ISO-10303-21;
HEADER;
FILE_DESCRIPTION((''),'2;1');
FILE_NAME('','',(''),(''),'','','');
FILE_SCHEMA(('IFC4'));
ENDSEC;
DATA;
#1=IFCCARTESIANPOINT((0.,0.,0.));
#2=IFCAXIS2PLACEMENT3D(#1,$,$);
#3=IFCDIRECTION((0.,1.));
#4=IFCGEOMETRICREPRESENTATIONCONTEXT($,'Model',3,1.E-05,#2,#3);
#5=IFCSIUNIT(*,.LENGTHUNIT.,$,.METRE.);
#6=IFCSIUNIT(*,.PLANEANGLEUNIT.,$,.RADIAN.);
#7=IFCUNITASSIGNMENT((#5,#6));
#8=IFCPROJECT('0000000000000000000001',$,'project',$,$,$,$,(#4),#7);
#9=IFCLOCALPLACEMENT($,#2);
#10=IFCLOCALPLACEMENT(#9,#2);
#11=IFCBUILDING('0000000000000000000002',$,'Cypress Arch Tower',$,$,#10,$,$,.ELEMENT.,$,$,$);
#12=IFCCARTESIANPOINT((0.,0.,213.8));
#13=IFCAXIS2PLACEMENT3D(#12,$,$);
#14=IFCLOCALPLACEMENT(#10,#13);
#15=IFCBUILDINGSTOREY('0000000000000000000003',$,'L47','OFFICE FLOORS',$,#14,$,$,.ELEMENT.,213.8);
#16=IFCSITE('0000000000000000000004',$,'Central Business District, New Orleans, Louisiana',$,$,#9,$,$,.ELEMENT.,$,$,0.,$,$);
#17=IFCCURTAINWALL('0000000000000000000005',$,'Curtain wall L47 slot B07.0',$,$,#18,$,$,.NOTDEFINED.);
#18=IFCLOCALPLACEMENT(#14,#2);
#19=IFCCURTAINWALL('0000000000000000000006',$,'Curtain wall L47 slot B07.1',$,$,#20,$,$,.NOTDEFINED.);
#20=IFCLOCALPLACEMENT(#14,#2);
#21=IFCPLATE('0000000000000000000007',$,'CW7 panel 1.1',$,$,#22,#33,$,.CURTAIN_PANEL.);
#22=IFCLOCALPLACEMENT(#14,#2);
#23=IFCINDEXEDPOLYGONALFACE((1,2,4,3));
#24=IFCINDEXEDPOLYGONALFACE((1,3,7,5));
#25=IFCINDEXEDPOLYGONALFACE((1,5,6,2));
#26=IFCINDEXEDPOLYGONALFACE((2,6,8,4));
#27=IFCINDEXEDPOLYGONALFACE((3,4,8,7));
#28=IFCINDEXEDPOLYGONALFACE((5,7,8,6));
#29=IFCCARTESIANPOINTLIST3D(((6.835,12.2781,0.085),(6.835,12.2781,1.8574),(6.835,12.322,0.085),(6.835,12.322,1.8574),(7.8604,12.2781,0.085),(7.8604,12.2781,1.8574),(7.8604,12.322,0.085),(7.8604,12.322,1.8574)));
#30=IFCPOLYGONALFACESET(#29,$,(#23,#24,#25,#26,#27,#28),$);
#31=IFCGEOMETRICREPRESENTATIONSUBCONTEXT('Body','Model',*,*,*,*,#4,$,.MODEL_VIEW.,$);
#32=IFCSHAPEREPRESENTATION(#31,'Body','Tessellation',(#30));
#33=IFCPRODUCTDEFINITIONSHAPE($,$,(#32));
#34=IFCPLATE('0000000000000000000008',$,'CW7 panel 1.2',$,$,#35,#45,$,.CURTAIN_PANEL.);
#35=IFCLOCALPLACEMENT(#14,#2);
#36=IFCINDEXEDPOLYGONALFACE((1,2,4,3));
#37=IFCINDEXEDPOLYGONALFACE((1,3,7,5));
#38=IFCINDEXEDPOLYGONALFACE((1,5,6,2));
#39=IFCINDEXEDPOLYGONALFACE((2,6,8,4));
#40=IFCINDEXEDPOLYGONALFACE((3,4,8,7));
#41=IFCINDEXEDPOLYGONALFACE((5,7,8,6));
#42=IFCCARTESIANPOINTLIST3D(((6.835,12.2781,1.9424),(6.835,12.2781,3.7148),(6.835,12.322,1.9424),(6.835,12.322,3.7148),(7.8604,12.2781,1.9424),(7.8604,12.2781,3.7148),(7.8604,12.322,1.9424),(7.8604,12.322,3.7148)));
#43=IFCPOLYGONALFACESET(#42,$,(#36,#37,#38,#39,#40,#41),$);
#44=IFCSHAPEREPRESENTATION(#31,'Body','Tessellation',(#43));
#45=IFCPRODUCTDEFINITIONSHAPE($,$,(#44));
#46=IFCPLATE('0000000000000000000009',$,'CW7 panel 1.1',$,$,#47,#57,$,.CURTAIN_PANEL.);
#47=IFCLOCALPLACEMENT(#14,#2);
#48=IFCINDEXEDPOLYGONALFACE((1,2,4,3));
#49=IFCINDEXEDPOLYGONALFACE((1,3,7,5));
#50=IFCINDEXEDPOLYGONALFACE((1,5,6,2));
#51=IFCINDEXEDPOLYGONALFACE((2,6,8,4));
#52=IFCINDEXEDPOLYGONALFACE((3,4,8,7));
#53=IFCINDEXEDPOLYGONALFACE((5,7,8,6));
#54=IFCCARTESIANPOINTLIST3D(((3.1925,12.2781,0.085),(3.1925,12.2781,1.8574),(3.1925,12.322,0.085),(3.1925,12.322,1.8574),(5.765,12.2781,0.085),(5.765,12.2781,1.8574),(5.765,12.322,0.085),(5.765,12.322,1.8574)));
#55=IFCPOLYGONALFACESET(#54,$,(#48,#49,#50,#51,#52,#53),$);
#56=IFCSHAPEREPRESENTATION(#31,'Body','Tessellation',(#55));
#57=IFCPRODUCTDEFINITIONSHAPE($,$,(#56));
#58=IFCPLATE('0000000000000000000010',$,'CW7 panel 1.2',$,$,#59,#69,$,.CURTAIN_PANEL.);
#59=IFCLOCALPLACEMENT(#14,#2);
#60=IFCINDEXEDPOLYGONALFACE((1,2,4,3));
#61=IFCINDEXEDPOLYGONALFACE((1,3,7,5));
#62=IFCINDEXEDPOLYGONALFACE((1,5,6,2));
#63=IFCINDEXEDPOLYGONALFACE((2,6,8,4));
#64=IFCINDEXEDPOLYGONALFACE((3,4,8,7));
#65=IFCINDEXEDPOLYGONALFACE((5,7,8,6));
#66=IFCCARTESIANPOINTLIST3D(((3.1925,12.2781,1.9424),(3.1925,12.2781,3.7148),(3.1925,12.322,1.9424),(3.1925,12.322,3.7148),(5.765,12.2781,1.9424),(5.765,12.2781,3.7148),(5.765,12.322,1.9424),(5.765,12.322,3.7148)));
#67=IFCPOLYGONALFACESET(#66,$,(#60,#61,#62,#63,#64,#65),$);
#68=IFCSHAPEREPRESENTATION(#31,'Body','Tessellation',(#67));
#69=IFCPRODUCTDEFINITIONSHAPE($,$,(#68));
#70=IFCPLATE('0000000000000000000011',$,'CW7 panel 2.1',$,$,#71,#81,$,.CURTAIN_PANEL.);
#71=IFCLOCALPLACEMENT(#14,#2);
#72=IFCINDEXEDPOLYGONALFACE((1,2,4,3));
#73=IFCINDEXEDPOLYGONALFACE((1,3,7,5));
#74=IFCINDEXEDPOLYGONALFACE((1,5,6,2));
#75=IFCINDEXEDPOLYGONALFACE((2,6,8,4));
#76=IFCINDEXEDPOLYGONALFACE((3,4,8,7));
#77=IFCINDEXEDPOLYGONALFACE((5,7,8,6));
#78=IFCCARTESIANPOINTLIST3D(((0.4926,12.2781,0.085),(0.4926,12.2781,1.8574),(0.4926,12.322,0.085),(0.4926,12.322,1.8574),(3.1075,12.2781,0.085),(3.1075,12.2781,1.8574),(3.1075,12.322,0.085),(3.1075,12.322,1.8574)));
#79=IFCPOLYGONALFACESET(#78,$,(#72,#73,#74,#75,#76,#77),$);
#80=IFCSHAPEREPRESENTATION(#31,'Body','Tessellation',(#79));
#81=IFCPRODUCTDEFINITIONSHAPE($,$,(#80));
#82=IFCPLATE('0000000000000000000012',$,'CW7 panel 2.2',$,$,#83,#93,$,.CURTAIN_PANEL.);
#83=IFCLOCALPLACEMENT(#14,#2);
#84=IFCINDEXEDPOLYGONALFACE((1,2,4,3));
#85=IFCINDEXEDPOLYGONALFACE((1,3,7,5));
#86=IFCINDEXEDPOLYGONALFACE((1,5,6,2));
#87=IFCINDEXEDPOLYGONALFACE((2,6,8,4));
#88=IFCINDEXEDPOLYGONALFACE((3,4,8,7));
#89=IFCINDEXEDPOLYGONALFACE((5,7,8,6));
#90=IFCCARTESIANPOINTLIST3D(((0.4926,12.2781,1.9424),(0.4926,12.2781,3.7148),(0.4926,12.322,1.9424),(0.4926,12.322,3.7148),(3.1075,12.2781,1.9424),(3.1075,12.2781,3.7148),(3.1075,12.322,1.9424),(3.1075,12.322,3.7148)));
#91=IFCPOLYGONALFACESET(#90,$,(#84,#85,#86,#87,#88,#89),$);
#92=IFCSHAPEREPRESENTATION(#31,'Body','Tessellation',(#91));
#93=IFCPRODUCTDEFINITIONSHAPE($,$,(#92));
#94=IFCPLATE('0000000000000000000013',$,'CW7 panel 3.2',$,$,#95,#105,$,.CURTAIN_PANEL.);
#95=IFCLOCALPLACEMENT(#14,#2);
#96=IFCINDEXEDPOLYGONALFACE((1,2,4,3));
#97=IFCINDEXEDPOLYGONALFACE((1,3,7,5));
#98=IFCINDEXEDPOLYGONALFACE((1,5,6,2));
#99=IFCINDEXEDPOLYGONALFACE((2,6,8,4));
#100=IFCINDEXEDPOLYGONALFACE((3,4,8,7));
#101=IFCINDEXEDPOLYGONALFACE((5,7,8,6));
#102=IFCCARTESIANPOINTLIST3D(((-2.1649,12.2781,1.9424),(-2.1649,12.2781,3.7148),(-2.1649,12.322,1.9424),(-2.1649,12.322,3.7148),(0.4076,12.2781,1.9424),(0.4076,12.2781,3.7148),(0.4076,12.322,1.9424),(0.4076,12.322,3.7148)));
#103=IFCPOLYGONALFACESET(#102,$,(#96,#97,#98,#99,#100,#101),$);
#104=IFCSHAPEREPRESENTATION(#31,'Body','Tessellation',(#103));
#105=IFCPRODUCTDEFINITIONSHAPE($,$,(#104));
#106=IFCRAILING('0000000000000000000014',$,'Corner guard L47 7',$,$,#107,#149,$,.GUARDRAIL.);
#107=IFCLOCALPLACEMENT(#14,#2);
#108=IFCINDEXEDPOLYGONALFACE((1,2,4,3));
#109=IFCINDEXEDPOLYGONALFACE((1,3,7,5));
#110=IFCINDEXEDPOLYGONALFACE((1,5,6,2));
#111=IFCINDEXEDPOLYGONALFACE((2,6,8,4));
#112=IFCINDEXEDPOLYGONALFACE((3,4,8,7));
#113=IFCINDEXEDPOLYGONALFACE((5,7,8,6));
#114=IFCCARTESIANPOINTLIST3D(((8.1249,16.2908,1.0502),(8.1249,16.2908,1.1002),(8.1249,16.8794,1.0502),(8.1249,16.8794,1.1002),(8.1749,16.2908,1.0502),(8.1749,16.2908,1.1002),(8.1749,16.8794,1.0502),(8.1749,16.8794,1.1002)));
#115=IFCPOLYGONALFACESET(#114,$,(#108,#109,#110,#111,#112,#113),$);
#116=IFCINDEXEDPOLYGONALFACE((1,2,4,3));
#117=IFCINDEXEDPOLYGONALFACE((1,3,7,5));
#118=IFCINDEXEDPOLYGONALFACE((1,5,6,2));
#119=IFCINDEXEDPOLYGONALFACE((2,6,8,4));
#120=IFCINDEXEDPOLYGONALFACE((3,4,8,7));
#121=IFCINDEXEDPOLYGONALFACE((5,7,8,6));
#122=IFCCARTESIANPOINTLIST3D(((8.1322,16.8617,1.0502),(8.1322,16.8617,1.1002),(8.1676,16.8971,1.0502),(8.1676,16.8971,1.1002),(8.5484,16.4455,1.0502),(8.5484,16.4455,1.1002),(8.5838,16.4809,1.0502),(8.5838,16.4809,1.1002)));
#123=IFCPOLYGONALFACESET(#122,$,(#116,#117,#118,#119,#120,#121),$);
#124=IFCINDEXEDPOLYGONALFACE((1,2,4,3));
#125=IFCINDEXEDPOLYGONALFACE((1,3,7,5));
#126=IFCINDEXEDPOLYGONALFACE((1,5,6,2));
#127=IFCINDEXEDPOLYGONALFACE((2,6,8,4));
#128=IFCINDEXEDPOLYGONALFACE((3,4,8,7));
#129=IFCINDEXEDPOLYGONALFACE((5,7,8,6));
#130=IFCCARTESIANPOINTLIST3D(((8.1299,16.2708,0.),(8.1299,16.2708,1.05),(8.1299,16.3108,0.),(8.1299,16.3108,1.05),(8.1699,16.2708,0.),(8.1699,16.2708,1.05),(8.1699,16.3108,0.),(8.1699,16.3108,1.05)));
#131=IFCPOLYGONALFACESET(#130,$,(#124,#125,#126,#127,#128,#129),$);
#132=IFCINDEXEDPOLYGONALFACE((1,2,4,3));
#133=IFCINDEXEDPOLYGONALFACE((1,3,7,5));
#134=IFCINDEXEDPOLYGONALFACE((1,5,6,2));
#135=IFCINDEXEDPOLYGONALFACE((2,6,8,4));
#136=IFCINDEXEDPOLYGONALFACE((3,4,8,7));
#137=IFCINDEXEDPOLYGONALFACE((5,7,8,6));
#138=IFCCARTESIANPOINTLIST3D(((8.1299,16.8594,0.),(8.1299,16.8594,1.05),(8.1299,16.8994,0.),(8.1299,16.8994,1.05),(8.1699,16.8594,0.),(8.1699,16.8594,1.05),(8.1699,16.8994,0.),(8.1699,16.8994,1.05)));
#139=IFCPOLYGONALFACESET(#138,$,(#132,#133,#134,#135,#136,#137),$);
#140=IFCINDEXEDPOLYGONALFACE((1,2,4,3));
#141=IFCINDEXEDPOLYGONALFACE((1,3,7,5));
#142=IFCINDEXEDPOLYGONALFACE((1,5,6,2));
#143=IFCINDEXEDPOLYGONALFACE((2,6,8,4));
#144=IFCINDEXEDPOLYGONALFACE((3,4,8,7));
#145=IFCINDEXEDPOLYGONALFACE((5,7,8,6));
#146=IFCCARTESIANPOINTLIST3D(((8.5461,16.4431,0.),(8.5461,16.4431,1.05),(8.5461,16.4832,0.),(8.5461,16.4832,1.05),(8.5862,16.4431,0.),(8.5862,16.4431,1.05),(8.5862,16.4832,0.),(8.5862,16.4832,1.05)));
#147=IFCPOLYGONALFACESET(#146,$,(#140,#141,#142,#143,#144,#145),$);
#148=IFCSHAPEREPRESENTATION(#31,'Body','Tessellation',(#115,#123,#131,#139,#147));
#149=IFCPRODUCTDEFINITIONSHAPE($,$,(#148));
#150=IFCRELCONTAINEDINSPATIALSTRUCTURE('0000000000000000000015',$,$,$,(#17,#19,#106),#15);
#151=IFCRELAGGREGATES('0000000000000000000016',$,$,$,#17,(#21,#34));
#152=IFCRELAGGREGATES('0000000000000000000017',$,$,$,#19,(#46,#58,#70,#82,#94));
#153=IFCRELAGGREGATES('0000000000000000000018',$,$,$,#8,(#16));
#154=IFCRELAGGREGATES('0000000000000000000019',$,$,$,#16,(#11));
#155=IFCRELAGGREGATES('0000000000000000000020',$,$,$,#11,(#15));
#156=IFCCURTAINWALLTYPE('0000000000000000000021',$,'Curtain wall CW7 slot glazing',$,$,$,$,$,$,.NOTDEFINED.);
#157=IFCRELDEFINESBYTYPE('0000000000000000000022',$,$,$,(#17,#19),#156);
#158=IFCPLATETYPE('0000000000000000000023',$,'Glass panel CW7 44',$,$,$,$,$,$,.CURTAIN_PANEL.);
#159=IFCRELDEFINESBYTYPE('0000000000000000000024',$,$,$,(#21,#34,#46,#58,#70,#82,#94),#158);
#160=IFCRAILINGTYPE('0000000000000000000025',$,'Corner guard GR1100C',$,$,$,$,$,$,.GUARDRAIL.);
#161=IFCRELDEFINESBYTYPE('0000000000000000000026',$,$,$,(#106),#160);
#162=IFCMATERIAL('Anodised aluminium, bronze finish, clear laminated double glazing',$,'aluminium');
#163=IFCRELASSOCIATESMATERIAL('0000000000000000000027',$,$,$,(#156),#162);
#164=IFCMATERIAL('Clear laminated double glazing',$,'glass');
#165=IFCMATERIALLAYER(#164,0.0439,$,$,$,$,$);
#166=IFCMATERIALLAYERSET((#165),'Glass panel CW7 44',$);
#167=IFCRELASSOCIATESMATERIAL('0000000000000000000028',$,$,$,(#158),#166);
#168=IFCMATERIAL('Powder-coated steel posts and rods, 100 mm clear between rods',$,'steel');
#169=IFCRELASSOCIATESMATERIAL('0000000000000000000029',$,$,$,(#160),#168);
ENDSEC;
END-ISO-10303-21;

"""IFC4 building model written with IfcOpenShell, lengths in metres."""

from ifc_helpers import new_model, si_unit, direction, frame, origin, origin_2d, place, context, subcontext, project, spatial, rectangle, extrude, material, layer, layer_set, type_object, element, aggregate, save


model = new_model("IFC4")

# Units and contexts
model_context = context("Model", 3, precision=1e-05, world=origin(), true_north=direction((0.0, 1.0)))
body_context = subcontext(model_context, "Body", "Model", "MODEL_VIEW")
ifc_project = project(units=[si_unit("LENGTHUNIT", "METRE"), si_unit("PLANEANGLEUNIT", "RADIAN")], contexts=[model_context])

# Site, building, storey
site_placement = place(None, origin())
site = spatial("IfcSite", under=ifc_project, at=site_placement, Name="Central Business District, New Orleans, Louisiana", CompositionType="ELEMENT", RefElevation=0.0)
building_placement = place(site_placement, origin())
building = spatial("IfcBuilding", under=site, at=building_placement, Name="Cypress Arch Tower", CompositionType="ELEMENT")
storey_placement = place(building_placement, frame((0.0, 0.0, 213.8)))
storey = spatial("IfcBuildingStorey", under=building, at=storey_placement, Name="L47", Description="OFFICE FLOORS", CompositionType="ELEMENT", Elevation=213.8)

# Shared definitions
ifc_material_1 = material(Name="Anodised aluminium, bronze finish, clear laminated double glazing", Category="aluminium")
curtain_wall_type = type_object("IfcCurtainWallType", Name="Curtain wall CW7 slot glazing", PredefinedType="NOTDEFINED", material=ifc_material_1)

# Curtain walls
curtain_wall_1_placement = place(storey_placement, origin())
curtain_wall_1 = element("IfcCurtainWall", 1, at=curtain_wall_1_placement, inside=storey, type_object=curtain_wall_type, Name="Curtain wall L47 slot B07.0", PredefinedType="NOTDEFINED")
curtain_wall_2_placement = place(storey_placement, origin())
curtain_wall_2 = element("IfcCurtainWall", 2, at=curtain_wall_2_placement, inside=storey, type_object=curtain_wall_type, Name="Curtain wall L47 slot B07.1", PredefinedType="NOTDEFINED")

# Plates
ifc_material_2 = material(Name="Clear laminated double glazing", Category="glass")
ifc_layer = layer(ifc_material_2, 0.0439)
ifc_layer_set = layer_set([ifc_layer], Name="Glass panel CW7 44")
plate_type = type_object("IfcPlateType", Name="Glass panel CW7 44", PredefinedType="CURTAIN_PANEL", material=ifc_layer_set)
plate_1_placement = place(storey_placement, frame((7.3477, 12.3, 0.085), z_axis=(0.0, 0.0, 1.0), x_axis=(-1.0, 0.0, 0.0)))
plate_1 = element("IfcPlate", 3, at=plate_1_placement, type_object=plate_type, Name="CW7 panel 1.1", PredefinedType="CURTAIN_PANEL", context=body_context, shape_type="SweptSolid", body=[
    extrude(rectangle(XDim=1.0254, YDim=0.0439, at=origin_2d()), origin(), (0.0, 0.0, 1.0), 1.7725),
])
plate_2_placement = place(storey_placement, frame((7.3477, 12.3, 1.9424), z_axis=(0.0, 0.0, 1.0), x_axis=(-1.0, 0.0, 0.0)))
plate_2 = element("IfcPlate", 4, at=plate_2_placement, type_object=plate_type, Name="CW7 panel 1.2", PredefinedType="CURTAIN_PANEL", context=body_context, shape_type="SweptSolid", body=[
    extrude(rectangle(XDim=1.0254, YDim=0.0439, at=origin_2d()), origin(), (0.0, 0.0, 1.0), 1.7725),
])
aggregate(curtain_wall_1, [plate_1, plate_2])
plate_3_placement = place(storey_placement, frame((4.4788, 12.3, 0.085), z_axis=(0.0, 0.0, 1.0), x_axis=(-1.0, 0.0, 0.0)))
plate_3 = element("IfcPlate", 5, at=plate_3_placement, type_object=plate_type, Name="CW7 panel 1.1", PredefinedType="CURTAIN_PANEL", context=body_context, shape_type="SweptSolid", body=[
    extrude(rectangle(XDim=2.5725, YDim=0.0439, at=origin_2d()), origin(), (0.0, 0.0, 1.0), 1.7725),
])
plate_4_placement = place(storey_placement, frame((4.4788, 12.3, 1.9424), z_axis=(0.0, 0.0, 1.0), x_axis=(-1.0, 0.0, 0.0)))
plate_4 = element("IfcPlate", 6, at=plate_4_placement, type_object=plate_type, Name="CW7 panel 1.2", PredefinedType="CURTAIN_PANEL", context=body_context, shape_type="SweptSolid", body=[
    extrude(rectangle(XDim=2.5725, YDim=0.0439, at=origin_2d()), origin(), (0.0, 0.0, 1.0), 1.7725),
])
plate_5_placement = place(storey_placement, frame((1.8, 12.3, 0.085), z_axis=(0.0, 0.0, 1.0), x_axis=(-1.0, 0.0, 0.0)))
plate_5 = element("IfcPlate", 7, at=plate_5_placement, type_object=plate_type, Name="CW7 panel 2.1", PredefinedType="CURTAIN_PANEL", context=body_context, shape_type="SweptSolid", body=[
    extrude(rectangle(XDim=2.615, YDim=0.0439, at=origin_2d()), origin(), (0.0, 0.0, 1.0), 1.7725),
])
plate_6_placement = place(storey_placement, frame((1.8, 12.3, 1.9424), z_axis=(0.0, 0.0, 1.0), x_axis=(-1.0, 0.0, 0.0)))
plate_6 = element("IfcPlate", 8, at=plate_6_placement, type_object=plate_type, Name="CW7 panel 2.2", PredefinedType="CURTAIN_PANEL", context=body_context, shape_type="SweptSolid", body=[
    extrude(rectangle(XDim=2.615, YDim=0.0439, at=origin_2d()), origin(), (0.0, 0.0, 1.0), 1.7725),
])
plate_7_placement = place(storey_placement, frame((-0.8787, 12.3, 1.9424), z_axis=(0.0, 0.0, 1.0), x_axis=(-1.0, 0.0, 0.0)))
plate_7 = element("IfcPlate", 9, at=plate_7_placement, type_object=plate_type, Name="CW7 panel 3.2", PredefinedType="CURTAIN_PANEL", context=body_context, shape_type="SweptSolid", body=[
    extrude(rectangle(XDim=2.5725, YDim=0.0439, at=origin_2d()), origin(), (0.0, 0.0, 1.0), 1.7725),
])
aggregate(curtain_wall_2, [plate_3, plate_4, plate_5, plate_6, plate_7])

# Railing
ifc_material_3 = material(Name="Powder-coated steel posts and rods, 100 mm clear between rods", Category="steel")
railing_type = type_object("IfcRailingType", Name="Corner guard GR1100C", PredefinedType="GUARDRAIL", material=ifc_material_3)
railing_placement = place(storey_placement, frame((8.1499, 16.2908, 0.0)))
element("IfcRailing", 10, at=railing_placement, inside=storey, type_object=railing_type, Name="Corner guard L47 7", PredefinedType="GUARDRAIL", context=body_context, shape_type="SweptSolid", body=[
    extrude(rectangle(XDim=0.05, YDim=0.05, at=origin_2d()), frame((0.0, 0.0, 1.0752), z_axis=(0.0, 1.0, 0.0), x_axis=(-1.0, 0.0, 0.0)), (0.0, 0.0, 1.0), 0.5886),
    extrude(rectangle(XDim=0.05, YDim=0.05, at=origin_2d()), frame((0.0, 0.5886, 1.0752), z_axis=(0.707107, -0.707107, 0.0), x_axis=(0.707107, 0.707107, 0.0)), (0.0, 0.0, 1.0), 0.5886),
    extrude(rectangle(XDim=0.04, YDim=0.04, at=origin_2d()), origin(), (0.0, 0.0, 1.0), 1.05),
    extrude(rectangle(XDim=0.04, YDim=0.04, at=origin_2d()), frame((0.0, 0.5886, 0.0)), (0.0, 0.0, 1.0), 1.05),
    extrude(rectangle(XDim=0.04, YDim=0.04, at=origin_2d()), frame((0.4163, 0.1724, 0.0)), (0.0, 0.0, 1.0), 1.05),
])

save(model, "model.ifc")
